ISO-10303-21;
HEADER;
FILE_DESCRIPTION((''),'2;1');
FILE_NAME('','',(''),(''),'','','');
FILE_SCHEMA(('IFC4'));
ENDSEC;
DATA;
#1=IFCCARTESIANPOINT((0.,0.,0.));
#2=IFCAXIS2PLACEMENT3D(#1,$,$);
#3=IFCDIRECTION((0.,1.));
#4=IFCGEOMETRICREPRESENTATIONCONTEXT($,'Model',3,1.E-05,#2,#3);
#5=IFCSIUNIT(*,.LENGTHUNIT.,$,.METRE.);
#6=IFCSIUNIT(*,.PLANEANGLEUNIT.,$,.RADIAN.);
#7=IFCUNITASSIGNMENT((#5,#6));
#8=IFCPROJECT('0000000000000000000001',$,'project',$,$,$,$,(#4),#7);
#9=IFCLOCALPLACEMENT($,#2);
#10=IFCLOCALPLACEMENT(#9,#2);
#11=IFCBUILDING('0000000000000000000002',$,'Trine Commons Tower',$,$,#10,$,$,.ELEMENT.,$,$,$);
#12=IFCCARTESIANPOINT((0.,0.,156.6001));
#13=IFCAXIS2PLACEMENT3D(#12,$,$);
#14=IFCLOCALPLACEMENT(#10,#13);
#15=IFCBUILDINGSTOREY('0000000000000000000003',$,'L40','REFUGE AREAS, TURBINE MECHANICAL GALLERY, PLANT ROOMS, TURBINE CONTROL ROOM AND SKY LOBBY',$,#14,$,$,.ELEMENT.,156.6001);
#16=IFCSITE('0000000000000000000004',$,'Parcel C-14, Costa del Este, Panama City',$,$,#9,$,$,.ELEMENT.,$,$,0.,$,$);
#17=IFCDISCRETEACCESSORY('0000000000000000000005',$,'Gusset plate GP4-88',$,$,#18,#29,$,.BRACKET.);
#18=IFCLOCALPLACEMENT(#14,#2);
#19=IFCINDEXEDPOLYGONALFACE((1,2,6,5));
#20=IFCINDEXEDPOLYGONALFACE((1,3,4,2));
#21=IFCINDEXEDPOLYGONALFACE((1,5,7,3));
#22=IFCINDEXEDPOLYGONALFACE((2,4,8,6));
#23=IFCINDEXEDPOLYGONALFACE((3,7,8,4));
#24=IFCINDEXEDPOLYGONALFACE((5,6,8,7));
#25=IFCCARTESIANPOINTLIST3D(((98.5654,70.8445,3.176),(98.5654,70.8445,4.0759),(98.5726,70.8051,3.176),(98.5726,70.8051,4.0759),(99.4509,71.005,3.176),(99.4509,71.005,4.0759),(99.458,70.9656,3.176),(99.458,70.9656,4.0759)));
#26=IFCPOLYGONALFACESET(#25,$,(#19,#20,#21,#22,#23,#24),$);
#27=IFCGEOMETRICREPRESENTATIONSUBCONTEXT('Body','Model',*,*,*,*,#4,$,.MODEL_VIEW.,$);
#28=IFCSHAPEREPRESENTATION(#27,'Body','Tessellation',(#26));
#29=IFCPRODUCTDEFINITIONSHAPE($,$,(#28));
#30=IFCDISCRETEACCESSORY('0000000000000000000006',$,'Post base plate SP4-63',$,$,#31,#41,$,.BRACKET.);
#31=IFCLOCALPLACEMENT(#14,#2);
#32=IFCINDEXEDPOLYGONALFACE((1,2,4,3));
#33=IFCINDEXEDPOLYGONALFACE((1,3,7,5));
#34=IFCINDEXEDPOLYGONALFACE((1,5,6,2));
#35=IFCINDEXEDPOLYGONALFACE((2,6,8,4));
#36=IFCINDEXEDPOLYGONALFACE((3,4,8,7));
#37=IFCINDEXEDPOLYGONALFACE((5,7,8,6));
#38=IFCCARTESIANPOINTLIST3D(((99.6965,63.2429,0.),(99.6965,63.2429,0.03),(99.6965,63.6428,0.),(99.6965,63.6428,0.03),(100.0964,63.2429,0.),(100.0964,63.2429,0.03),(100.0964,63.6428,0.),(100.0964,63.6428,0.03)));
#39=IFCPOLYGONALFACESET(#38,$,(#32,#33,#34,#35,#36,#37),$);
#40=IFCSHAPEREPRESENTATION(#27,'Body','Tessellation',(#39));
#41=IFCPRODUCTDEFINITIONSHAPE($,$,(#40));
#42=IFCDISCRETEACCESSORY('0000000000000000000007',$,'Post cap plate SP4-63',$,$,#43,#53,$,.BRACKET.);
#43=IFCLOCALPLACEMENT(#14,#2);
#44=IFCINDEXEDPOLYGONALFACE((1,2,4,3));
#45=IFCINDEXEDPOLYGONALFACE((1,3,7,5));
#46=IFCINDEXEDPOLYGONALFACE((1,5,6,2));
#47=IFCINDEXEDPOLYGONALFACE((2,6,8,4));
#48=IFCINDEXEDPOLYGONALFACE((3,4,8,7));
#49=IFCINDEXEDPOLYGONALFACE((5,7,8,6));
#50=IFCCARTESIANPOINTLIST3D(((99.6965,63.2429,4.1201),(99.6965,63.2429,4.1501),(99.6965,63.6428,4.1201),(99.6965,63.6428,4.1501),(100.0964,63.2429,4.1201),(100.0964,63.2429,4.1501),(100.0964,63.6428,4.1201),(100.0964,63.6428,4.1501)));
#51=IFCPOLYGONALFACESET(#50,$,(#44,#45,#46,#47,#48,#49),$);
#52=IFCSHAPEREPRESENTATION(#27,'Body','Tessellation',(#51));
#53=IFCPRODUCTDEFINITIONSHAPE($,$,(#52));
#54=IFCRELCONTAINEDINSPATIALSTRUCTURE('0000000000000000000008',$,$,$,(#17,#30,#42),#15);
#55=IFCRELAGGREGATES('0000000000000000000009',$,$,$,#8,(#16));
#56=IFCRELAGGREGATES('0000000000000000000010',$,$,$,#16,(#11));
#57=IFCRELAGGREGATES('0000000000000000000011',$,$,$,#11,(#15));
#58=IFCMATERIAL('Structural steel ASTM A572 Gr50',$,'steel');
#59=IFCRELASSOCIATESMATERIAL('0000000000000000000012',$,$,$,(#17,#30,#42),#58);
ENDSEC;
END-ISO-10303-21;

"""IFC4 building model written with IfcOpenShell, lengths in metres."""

from ifc_helpers import new_model, si_unit, direction, frame, origin, origin_2d, place, context, subcontext, project, spatial, rectangle, extrude, material, element, save


model = new_model("IFC4")

# Units and contexts
model_context = context("Model", 3, precision=1e-05, world=origin(), true_north=direction((0.0, 1.0)))
body_context = subcontext(model_context, "Body", "Model", "MODEL_VIEW")
ifc_project = project(units=[si_unit("LENGTHUNIT", "METRE"), si_unit("PLANEANGLEUNIT", "RADIAN")], contexts=[model_context])

# Site, building, storey
site_placement = place(None, origin())
site = spatial("IfcSite", under=ifc_project, at=site_placement, Name="Parcel C-14, Costa del Este, Panama City", CompositionType="ELEMENT", RefElevation=0.0)
building_placement = place(site_placement, origin())
building = spatial("IfcBuilding", under=site, at=building_placement, Name="Trine Commons Tower", CompositionType="ELEMENT")
storey_placement = place(building_placement, frame((0.0, 0.0, 156.6001)))
storey = spatial("IfcBuildingStorey", under=building, at=storey_placement, Name="L40", Description="REFUGE AREAS, TURBINE MECHANICAL GALLERY, PLANT ROOMS, TURBINE CONTROL ROOM AND SKY LOBBY", CompositionType="ELEMENT", Elevation=156.6001)

# Discrete accessories
ifc_material_1 = material(Name="Structural steel ASTM A572 Gr50", Category="steel")
for number, where, z_axis, x_axis, name in (
    (1, (99.0117, 70.905, 3.176), (0.0, 0.0, 1.0), (-0.983969, -0.178339, 0.0), "Gusset plate GP4-88"),
):
    element("IfcDiscreteAccessory", number, at=place(storey_placement, frame(where, z_axis=z_axis, x_axis=x_axis)), inside=storey, material=ifc_material_1, Name=name, PredefinedType="BRACKET", context=body_context, shape_type="SweptSolid", body=[
        extrude(rectangle(XDim=0.8999, YDim=0.04, at=origin_2d()), origin(), (0.0, 0.0, 1.0), 0.8999),
    ])
for number, where, z_axis, x_axis, name in (
    (2, (99.8965, 63.4429, 0.0), (0.0, 0.0, 1.0), (1.0, 0.0, 0.0), "Post base plate SP4-63"),
    (3, (99.8965, 63.4429, 4.1201), (0.0, 0.0, 1.0), (1.0, 0.0, 0.0), "Post cap plate SP4-63"),
):
    element("IfcDiscreteAccessory", number, at=place(storey_placement, frame(where, z_axis=z_axis, x_axis=x_axis)), inside=storey, material=ifc_material_1, Name=name, PredefinedType="BRACKET", context=body_context, shape_type="SweptSolid", body=[
        extrude(rectangle(XDim=0.3999, YDim=0.3999, at=origin_2d()), origin(), (0.0, 0.0, 1.0), 0.03),
    ])

save(model, "model.ifc")
